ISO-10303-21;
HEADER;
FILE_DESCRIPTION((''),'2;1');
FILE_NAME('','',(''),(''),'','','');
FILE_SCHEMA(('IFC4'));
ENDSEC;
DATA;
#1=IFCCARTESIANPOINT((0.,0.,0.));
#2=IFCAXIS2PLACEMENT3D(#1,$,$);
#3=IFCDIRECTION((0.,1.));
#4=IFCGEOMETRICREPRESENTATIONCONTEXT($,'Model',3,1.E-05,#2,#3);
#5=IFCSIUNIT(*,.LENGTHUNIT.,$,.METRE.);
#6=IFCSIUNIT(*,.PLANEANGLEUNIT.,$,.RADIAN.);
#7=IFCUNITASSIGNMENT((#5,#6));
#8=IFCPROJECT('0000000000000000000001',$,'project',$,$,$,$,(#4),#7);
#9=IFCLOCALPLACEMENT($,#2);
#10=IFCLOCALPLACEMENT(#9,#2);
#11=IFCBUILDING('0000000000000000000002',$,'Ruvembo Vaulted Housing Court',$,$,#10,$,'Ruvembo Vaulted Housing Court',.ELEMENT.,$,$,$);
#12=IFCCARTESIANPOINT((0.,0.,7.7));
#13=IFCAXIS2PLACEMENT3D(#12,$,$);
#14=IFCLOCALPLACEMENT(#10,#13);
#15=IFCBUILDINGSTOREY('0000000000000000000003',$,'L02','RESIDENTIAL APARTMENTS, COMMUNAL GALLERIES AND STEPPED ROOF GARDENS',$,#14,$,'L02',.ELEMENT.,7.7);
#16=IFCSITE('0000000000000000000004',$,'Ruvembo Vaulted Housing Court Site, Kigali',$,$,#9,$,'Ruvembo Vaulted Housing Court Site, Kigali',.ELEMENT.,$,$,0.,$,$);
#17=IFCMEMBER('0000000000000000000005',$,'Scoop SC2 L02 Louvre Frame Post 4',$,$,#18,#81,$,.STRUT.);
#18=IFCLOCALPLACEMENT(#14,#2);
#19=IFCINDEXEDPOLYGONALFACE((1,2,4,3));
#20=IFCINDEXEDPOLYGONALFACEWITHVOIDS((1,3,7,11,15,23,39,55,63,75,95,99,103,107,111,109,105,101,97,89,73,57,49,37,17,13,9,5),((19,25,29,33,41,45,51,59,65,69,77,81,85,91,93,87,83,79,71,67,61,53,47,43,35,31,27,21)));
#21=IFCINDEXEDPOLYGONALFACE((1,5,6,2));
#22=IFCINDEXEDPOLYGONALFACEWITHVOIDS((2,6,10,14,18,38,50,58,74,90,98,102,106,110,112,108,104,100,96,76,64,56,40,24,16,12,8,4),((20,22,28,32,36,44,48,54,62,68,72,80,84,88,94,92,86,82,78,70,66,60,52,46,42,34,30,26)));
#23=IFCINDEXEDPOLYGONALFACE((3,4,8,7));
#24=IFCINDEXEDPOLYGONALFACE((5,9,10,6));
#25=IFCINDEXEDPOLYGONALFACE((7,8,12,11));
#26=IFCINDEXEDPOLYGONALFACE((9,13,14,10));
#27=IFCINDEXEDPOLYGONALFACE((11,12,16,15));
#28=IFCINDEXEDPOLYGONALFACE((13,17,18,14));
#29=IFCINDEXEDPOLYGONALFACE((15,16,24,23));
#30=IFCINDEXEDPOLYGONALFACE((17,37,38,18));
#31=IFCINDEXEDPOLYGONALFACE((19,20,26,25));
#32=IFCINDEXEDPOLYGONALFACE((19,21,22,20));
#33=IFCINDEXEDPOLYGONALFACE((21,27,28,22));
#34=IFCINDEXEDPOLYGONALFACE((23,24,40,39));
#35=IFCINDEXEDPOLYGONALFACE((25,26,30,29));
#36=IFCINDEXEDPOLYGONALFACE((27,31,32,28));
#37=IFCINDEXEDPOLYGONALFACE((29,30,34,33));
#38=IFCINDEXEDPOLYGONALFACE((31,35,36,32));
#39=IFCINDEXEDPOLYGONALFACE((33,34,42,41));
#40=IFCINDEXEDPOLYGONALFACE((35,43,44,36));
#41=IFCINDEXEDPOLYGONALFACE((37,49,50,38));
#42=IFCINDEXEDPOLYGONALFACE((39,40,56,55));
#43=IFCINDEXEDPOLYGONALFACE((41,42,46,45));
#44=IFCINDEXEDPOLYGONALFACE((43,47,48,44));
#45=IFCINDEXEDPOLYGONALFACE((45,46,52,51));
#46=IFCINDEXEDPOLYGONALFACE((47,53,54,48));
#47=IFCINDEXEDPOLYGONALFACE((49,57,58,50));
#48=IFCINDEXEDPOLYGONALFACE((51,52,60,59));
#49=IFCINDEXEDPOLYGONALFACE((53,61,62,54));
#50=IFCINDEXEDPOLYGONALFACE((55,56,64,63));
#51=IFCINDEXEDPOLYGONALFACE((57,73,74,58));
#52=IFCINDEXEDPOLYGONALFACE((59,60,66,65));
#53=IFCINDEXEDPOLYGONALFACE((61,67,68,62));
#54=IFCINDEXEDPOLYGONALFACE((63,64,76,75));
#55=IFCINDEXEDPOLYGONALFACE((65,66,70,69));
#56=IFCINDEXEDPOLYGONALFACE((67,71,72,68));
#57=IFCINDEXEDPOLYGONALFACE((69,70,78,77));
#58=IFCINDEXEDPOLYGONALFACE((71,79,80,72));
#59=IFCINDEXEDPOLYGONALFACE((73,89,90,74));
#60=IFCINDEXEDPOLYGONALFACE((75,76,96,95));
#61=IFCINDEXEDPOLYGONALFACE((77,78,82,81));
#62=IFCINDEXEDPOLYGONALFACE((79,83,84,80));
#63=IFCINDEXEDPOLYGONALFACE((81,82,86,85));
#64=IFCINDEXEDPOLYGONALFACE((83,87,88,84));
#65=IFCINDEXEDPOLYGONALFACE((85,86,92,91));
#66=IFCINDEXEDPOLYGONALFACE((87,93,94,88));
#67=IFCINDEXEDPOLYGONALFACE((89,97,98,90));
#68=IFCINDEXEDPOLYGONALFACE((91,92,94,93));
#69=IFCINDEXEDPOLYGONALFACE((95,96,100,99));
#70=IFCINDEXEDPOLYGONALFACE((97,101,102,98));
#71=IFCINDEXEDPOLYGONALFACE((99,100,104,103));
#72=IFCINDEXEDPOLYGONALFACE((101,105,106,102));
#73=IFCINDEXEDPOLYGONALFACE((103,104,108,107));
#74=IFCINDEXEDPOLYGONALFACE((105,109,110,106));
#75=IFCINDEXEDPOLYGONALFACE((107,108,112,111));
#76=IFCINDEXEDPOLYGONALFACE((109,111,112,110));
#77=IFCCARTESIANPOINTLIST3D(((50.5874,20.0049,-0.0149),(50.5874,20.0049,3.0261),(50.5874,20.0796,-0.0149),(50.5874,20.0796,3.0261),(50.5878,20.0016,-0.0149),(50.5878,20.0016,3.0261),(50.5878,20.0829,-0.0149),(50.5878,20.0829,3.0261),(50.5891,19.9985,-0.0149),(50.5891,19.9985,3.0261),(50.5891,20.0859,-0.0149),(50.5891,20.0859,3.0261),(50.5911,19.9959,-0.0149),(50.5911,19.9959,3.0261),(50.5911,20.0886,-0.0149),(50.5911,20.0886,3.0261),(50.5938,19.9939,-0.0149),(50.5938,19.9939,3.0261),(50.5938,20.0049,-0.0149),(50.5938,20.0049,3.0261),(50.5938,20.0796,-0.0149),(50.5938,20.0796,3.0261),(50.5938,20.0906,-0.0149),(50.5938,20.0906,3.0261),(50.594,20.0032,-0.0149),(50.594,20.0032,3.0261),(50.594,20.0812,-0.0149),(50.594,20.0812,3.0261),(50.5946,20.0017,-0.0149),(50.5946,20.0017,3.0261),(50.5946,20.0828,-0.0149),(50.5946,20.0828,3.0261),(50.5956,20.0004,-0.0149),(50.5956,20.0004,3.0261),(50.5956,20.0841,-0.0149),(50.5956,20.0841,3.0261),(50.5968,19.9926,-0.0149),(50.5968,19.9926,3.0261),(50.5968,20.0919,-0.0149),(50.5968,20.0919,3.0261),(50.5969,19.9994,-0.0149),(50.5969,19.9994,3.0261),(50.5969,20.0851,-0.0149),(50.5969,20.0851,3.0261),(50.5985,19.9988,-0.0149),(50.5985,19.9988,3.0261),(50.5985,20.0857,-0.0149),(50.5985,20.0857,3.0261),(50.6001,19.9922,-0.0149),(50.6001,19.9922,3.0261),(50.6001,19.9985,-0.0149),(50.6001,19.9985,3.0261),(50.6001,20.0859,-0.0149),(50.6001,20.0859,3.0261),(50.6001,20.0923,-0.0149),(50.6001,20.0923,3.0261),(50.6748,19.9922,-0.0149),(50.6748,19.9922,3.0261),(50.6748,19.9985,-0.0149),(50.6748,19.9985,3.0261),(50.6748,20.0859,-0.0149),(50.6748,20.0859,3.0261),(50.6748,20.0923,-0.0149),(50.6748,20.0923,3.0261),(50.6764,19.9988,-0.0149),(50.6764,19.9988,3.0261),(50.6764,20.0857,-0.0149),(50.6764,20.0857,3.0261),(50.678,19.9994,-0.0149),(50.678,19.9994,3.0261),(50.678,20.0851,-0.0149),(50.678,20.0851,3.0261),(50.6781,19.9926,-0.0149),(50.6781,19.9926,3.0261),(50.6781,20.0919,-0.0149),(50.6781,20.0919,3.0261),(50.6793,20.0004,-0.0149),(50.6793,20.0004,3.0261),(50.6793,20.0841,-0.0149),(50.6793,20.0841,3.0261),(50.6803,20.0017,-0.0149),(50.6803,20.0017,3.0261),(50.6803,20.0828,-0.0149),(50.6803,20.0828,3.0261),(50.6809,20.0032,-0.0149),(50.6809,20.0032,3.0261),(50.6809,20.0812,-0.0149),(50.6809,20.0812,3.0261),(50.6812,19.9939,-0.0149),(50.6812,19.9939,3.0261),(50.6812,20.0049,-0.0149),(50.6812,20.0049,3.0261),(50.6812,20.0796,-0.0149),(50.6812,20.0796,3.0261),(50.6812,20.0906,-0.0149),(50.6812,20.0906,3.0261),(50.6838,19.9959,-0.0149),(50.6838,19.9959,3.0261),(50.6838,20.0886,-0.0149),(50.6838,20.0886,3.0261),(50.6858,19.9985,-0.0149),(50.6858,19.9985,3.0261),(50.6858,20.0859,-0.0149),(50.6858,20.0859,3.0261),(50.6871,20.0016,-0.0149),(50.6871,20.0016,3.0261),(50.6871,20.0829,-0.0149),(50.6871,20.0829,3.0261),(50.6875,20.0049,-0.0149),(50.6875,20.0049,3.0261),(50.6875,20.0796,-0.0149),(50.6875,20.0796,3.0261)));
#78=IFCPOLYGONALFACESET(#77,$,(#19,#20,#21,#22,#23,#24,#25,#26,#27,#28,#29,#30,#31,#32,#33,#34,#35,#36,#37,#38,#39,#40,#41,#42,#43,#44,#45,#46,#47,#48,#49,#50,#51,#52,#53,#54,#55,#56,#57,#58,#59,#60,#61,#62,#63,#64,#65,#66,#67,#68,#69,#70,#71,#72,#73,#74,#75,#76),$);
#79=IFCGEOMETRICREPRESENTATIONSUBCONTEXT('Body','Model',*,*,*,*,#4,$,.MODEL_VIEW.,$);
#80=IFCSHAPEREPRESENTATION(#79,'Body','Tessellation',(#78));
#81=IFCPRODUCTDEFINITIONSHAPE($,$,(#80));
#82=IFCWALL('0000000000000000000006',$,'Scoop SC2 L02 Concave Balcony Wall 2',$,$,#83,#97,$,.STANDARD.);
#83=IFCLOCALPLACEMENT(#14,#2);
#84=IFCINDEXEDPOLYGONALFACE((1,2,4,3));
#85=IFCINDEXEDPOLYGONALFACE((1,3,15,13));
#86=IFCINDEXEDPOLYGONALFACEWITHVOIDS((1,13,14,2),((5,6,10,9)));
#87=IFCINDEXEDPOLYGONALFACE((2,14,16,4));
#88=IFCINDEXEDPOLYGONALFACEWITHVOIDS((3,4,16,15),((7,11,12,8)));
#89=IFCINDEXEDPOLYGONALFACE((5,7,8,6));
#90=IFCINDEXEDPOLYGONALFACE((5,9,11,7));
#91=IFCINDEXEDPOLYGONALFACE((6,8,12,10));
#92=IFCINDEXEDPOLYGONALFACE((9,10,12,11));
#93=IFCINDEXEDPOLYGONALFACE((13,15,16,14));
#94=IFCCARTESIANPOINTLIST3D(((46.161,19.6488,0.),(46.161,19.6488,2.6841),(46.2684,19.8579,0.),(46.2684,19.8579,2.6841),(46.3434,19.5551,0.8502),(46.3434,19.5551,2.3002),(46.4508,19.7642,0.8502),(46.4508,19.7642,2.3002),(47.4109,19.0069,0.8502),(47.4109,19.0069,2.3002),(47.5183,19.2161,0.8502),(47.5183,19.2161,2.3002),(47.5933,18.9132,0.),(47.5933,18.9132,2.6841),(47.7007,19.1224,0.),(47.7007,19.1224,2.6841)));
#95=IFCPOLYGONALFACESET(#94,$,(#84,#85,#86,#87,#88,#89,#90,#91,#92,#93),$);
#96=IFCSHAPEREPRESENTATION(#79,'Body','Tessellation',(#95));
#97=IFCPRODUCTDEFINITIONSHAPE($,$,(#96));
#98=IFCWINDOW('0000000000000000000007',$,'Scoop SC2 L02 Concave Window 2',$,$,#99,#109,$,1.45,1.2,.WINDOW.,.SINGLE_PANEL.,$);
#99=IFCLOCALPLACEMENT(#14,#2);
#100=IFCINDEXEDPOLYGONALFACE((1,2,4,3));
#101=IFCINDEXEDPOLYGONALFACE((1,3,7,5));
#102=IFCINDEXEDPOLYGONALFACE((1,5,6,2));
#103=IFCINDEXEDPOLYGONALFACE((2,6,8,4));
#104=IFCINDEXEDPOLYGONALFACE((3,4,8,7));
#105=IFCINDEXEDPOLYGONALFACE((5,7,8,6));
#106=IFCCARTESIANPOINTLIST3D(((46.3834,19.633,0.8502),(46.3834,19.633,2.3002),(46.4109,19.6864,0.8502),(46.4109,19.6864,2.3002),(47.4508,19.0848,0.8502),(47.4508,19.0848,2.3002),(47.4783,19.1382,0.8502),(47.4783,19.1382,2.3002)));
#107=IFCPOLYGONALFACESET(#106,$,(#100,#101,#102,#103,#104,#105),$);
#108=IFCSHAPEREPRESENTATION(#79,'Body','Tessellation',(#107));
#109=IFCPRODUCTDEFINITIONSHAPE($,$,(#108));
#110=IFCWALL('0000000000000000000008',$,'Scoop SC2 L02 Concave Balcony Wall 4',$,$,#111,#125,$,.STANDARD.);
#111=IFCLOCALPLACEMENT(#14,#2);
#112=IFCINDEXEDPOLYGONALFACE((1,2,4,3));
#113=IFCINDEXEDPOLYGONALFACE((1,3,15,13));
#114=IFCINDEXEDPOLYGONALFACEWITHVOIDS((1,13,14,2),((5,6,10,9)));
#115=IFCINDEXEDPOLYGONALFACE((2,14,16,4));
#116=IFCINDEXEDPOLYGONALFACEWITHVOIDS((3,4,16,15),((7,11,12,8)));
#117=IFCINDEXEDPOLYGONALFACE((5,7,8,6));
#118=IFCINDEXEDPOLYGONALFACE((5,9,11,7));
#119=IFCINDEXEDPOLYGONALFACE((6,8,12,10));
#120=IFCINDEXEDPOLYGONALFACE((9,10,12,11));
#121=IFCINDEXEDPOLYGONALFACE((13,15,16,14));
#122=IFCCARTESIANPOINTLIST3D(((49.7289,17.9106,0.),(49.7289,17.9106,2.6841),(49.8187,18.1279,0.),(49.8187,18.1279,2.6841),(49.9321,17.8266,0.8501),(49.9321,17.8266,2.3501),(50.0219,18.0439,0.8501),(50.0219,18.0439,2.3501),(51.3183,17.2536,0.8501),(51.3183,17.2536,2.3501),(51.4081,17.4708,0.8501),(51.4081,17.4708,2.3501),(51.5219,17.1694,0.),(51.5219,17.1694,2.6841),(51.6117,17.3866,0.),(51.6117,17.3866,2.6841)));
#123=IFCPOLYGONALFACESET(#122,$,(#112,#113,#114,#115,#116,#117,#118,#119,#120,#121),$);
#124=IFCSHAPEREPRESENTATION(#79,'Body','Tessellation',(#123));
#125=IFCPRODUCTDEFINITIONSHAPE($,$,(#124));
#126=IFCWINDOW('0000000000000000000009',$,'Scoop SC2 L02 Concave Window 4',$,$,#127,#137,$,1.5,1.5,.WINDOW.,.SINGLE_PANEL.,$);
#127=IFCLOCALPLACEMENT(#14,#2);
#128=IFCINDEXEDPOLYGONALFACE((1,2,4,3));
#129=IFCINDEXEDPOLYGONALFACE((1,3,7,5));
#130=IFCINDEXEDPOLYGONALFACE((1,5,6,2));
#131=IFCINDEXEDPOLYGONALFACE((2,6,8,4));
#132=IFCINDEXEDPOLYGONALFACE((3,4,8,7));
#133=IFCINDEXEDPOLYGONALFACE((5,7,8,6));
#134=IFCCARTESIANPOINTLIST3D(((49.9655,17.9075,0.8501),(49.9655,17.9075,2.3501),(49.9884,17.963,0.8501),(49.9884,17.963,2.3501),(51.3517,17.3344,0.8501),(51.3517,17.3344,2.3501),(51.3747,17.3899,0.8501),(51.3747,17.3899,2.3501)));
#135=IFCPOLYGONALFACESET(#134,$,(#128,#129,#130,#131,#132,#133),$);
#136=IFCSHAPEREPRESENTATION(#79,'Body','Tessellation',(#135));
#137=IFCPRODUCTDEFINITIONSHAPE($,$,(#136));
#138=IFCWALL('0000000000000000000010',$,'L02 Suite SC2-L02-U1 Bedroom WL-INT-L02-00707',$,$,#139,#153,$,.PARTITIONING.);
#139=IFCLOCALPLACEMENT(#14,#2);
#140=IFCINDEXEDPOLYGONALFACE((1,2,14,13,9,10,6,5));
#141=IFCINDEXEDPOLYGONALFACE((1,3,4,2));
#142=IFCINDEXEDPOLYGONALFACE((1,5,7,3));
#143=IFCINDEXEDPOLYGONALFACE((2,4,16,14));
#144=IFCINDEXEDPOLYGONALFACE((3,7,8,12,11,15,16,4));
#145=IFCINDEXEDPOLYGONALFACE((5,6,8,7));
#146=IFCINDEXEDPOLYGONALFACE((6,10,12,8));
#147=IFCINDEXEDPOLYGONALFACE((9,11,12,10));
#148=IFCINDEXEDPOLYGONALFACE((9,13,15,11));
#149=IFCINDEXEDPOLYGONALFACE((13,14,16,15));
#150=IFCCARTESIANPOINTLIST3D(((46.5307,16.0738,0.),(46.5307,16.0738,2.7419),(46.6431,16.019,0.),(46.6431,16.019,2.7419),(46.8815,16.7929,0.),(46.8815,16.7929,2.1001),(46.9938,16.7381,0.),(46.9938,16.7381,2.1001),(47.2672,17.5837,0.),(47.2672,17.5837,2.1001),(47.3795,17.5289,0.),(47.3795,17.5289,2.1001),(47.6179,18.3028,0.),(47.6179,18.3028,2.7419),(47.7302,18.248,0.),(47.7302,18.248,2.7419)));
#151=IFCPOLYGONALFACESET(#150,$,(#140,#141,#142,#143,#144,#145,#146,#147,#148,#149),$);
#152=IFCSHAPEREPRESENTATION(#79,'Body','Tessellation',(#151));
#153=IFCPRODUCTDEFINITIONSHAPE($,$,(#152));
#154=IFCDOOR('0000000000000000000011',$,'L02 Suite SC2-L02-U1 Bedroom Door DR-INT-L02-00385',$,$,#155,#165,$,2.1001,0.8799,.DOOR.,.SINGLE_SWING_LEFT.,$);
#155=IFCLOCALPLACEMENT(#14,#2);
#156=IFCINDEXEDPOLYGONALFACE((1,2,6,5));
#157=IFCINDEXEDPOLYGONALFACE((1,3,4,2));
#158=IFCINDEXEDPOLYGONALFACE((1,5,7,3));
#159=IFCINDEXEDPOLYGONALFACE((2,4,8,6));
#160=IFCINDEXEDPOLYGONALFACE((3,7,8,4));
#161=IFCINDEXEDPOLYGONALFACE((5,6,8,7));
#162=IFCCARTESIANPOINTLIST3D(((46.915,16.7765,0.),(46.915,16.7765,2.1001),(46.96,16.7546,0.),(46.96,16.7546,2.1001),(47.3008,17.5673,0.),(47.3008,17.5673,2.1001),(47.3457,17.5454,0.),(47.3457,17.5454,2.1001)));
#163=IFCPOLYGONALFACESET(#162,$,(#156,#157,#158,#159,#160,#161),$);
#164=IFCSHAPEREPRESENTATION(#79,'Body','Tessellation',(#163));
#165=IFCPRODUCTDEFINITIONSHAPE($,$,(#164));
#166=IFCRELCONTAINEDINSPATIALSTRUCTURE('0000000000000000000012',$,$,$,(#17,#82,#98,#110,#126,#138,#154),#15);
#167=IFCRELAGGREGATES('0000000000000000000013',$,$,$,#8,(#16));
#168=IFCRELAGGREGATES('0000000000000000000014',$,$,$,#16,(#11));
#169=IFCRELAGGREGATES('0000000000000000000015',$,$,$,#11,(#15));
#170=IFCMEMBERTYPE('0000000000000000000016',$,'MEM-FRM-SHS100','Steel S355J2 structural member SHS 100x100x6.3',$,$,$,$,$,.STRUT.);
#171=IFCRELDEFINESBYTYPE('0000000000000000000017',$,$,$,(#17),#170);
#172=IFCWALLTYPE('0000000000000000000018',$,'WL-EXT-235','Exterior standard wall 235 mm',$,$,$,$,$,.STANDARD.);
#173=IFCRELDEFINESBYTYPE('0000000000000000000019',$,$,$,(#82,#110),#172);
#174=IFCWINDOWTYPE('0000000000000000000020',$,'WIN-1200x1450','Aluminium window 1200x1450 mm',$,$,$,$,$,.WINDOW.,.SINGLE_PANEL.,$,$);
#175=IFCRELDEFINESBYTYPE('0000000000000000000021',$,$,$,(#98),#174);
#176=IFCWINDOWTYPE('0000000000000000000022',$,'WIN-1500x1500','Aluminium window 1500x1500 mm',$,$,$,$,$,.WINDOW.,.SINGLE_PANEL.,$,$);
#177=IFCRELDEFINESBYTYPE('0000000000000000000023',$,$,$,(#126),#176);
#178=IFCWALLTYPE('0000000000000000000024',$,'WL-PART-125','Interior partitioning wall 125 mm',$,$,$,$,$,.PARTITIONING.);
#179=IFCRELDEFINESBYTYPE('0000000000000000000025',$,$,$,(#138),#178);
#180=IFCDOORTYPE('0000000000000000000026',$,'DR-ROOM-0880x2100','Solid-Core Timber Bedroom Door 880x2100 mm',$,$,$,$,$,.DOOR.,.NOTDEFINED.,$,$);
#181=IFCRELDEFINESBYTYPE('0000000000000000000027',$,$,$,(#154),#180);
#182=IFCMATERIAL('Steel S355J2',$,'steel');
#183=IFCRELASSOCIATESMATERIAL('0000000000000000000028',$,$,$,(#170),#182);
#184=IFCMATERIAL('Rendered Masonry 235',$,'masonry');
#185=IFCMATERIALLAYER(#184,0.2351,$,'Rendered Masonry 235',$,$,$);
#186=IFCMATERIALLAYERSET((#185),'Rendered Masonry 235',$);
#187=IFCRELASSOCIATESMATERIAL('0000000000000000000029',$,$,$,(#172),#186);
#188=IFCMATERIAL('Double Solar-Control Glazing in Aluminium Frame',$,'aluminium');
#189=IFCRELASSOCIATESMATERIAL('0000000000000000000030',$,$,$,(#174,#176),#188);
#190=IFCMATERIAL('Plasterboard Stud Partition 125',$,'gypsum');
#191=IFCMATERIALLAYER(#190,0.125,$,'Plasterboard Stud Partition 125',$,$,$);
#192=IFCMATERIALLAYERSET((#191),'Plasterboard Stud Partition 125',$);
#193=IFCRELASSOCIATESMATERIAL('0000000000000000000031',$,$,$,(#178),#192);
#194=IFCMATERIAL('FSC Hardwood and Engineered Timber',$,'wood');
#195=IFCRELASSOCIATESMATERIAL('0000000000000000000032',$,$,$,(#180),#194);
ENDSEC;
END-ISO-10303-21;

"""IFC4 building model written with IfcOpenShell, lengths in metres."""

from ifc_helpers import new_model, si_unit, direction, frame, frame_2d, origin, origin_2d, place, context, subcontext, project, spatial, rectangle, hollow_rectangle, extrude, material, layer, layer_set, material_profile, profile_set, type_object, element, fill, save


model = new_model("IFC4")

# Units and contexts
model_context = context("Model", 3, precision=1e-05, world=origin(), true_north=direction((0.0, 1.0)))
body_context = subcontext(model_context, "Body", "Model", "MODEL_VIEW")
ifc_project = project(units=[si_unit("LENGTHUNIT", "METRE"), si_unit("PLANEANGLEUNIT", "RADIAN")], contexts=[model_context])

# Site, building, storey
site_placement = place(None, origin())
site = spatial("IfcSite", under=ifc_project, at=site_placement, Name="Ruvembo Vaulted Housing Court Site, Kigali", LongName="Ruvembo Vaulted Housing Court Site, Kigali", CompositionType="ELEMENT", RefElevation=0.0)
building_placement = place(site_placement, origin())
building = spatial("IfcBuilding", under=site, at=building_placement, Name="Ruvembo Vaulted Housing Court", LongName="Ruvembo Vaulted Housing Court", CompositionType="ELEMENT")
storey_placement = place(building_placement, frame((0.0, 0.0, 7.7)))
storey = spatial("IfcBuildingStorey", under=building, at=storey_placement, Name="L02", Description="RESIDENTIAL APARTMENTS, COMMUNAL GALLERIES AND STEPPED ROOF GARDENS", LongName="L02", CompositionType="ELEMENT", Elevation=7.7)

# Shared definitions
ifc_material_1 = material(Name="Steel S355J2", Category="steel")

# Member
ifc_material_profile_1 = material_profile(ifc_material_1, hollow_rectangle(XDim=0.1001, YDim=0.1001, WallThickness=0.0063, InnerFilletRadius=0.0063, OuterFilletRadius=0.0127, at=origin_2d()), Name="SHS 100x100x6.3")
ifc_profile_set_1 = profile_set([ifc_material_profile_1], Name="Steel S355J2")
member_type_1 = type_object("IfcMemberType", Name="MEM-FRM-SHS100", Description="Steel S355J2 structural member SHS 100x100x6.3", PredefinedType="STRUT", material=ifc_profile_set_1)
for number, where, z_axis, x_axis, name in (
    (1, (50.6375, 20.0422, -0.0149), (0.0, 0.0, 1.0), (1.0, 0.0, 0.0), "Scoop SC2 L02 Louvre Frame Post 4"),
):
    element("IfcMember", number, at=place(storey_placement, frame(where, z_axis=z_axis, x_axis=x_axis)), inside=storey, type_object=member_type_1, Name=name, PredefinedType="STRUT", context=body_context, shape_type="SweptSolid", body=[
        extrude(hollow_rectangle(XDim=0.1001, YDim=0.1001, WallThickness=0.0063, InnerFilletRadius=0.0063, OuterFilletRadius=0.0127, at=origin_2d()), origin(), (0.0, 0.0, 1.0), 3.041),
    ])

# Wall, opening, window
ifc_material_2 = material(Name="Rendered Masonry 235", Category="masonry")
ifc_layer_1 = layer(ifc_material_2, 0.2351, Name="Rendered Masonry 235")
ifc_layer_set_1 = layer_set([ifc_layer_1], Name="Rendered Masonry 235")
wall_type_1 = type_object("IfcWallType", Name="WL-EXT-235", Description="Exterior standard wall 235 mm", PredefinedType="STANDARD", material=ifc_layer_set_1)
wall_1_placement = place(storey_placement, frame((46.2146, 19.7534, 0.0), z_axis=(0.0, 0.0, 1.0), x_axis=(0.889554, -0.456831, 0.0)))
wall_1 = element("IfcWall", 2, at=wall_1_placement, inside=storey, type_object=wall_type_1, Name="Scoop SC2 L02 Concave Balcony Wall 2", PredefinedType="STANDARD", context=body_context, shape_type="SweptSolid", body=[
    extrude(rectangle(XDim=1.6101, YDim=0.2351, at=frame_2d((0.8052, 0.0))), origin(), (0.0, 0.0, 1.0), 2.6841),
])
opening_1_placement = place(wall_1_placement, frame((0.2051, 0.0, 0.8501)))
opening_1 = element("IfcOpeningElement", 3, at=opening_1_placement, cuts=wall_1, PredefinedType="OPENING", context=body_context, shape_type="SweptSolid", body=[
    extrude(rectangle(XDim=1.2, YDim=1.45, at=frame_2d((0.6001, 0.7251))), frame((0.0, 0.1274, 0.0), z_axis=(0.0, -1.0, 0.0), x_axis=(1.0, 0.0, 0.0)), (0.0, 0.0, 1.0), 0.2551),
])
ifc_material_3 = material(Name="Double Solar-Control Glazing in Aluminium Frame", Category="aluminium")
window_type_1 = type_object("IfcWindowType", Name="WIN-1200x1450", Description="Aluminium window 1200x1450 mm", PartitioningType="SINGLE_PANEL", PredefinedType="WINDOW", material=ifc_material_3)
window_1_placement = place(opening_1_placement, origin())
window_1 = element("IfcWindow", 4, at=window_1_placement, inside=storey, type_object=window_type_1, Name="Scoop SC2 L02 Concave Window 2", OverallHeight=1.45, OverallWidth=1.2, PartitioningType="SINGLE_PANEL", PredefinedType="WINDOW", context=body_context, shape_type="SweptSolid", body=[
    extrude(rectangle(XDim=1.2, YDim=1.45, at=frame_2d((0.6001, 0.7251))), frame((0.0, 0.03, 0.0), z_axis=(0.0, -1.0, 0.0), x_axis=(1.0, 0.0, 0.0)), (0.0, 0.0, 1.0), 0.0601),
])
fill(opening_1, window_1)

# Wall, opening, window
wall_2_placement = place(storey_placement, frame((49.7737, 18.0193, 0.0), z_axis=(0.0, 0.0, 1.0), x_axis=(0.924146, -0.382041, 0.0)))
wall_2 = element("IfcWall", 5, at=wall_2_placement, inside=storey, type_object=wall_type_1, Name="Scoop SC2 L02 Concave Balcony Wall 4", PredefinedType="STANDARD", context=body_context, shape_type="SweptSolid", body=[
    extrude(rectangle(XDim=1.9402, YDim=0.2351, at=frame_2d((0.9702, 0.0))), origin(), (0.0, 0.0, 1.0), 2.6841),
])
opening_2_placement = place(wall_2_placement, frame((0.22, 0.0, 0.8501)))
opening_2 = element("IfcOpeningElement", 6, at=opening_2_placement, cuts=wall_2, PredefinedType="OPENING", context=body_context, shape_type="SweptSolid", body=[
    extrude(rectangle(XDim=1.5, YDim=1.5, at=frame_2d((0.75, 0.75))), frame((0.0, 0.1274, 0.0), z_axis=(0.0, -1.0, 0.0), x_axis=(1.0, 0.0, 0.0)), (0.0, 0.0, 1.0), 0.2551),
])
window_type_2 = type_object("IfcWindowType", Name="WIN-1500x1500", Description="Aluminium window 1500x1500 mm", PartitioningType="SINGLE_PANEL", PredefinedType="WINDOW", material=ifc_material_3)
window_2_placement = place(opening_2_placement, origin())
window_2 = element("IfcWindow", 7, at=window_2_placement, inside=storey, type_object=window_type_2, Name="Scoop SC2 L02 Concave Window 4", OverallHeight=1.5, OverallWidth=1.5, PartitioningType="SINGLE_PANEL", PredefinedType="WINDOW", context=body_context, shape_type="SweptSolid", body=[
    extrude(rectangle(XDim=1.5, YDim=1.5, at=frame_2d((0.75, 0.75))), frame((0.0, 0.03, 0.0), z_axis=(0.0, -1.0, 0.0), x_axis=(1.0, 0.0, 0.0)), (0.0, 0.0, 1.0), 0.0601),
])
fill(opening_2, window_2)

# Wall, opening, door
ifc_material_4 = material(Name="Plasterboard Stud Partition 125", Category="gypsum")
ifc_layer_2 = layer(ifc_material_4, 0.125, Name="Plasterboard Stud Partition 125")
ifc_layer_set_2 = layer_set([ifc_layer_2], Name="Plasterboard Stud Partition 125")
wall_type_2 = type_object("IfcWallType", Name="WL-PART-125", Description="Interior partitioning wall 125 mm", PredefinedType="PARTITIONING", material=ifc_layer_set_2)
wall_3_placement = place(storey_placement, frame((47.6741, 18.2754, 0.0), z_axis=(0.0, 0.0, 1.0), x_axis=(-0.438371, -0.898794, 0.0)))
wall_3 = element("IfcWall", 8, at=wall_3_placement, inside=storey, type_object=wall_type_2, Name="L02 Suite SC2-L02-U1 Bedroom WL-INT-L02-00707", PredefinedType="PARTITIONING", context=body_context, shape_type="SweptSolid", body=[
    extrude(rectangle(XDim=2.48, YDim=0.125, at=frame_2d((1.24, 0.0))), origin(), (0.0, 0.0, 1.0), 2.7419),
])
opening_3_placement = place(wall_3_placement, frame((0.8, 0.0, 0.0)))
opening_3 = element("IfcOpeningElement", 9, at=opening_3_placement, cuts=wall_3, PredefinedType="OPENING", context=body_context, shape_type="SweptSolid", body=[
    extrude(rectangle(XDim=0.8799, YDim=2.1001, at=frame_2d((0.4399, 1.05))), frame((0.0, 0.0725, 0.0), z_axis=(0.0, -1.0, 0.0), x_axis=(1.0, 0.0, 0.0)), (0.0, 0.0, 1.0), 0.145),
])
ifc_material_5 = material(Name="FSC Hardwood and Engineered Timber", Category="wood")
door_type_1 = type_object("IfcDoorType", Name="DR-ROOM-0880x2100", Description="Solid-Core Timber Bedroom Door 880x2100 mm", OperationType="NOTDEFINED", PredefinedType="DOOR", material=ifc_material_5)
door_1_placement = place(opening_3_placement, origin())
door_1 = element("IfcDoor", 10, at=door_1_placement, inside=storey, type_object=door_type_1, Name="L02 Suite SC2-L02-U1 Bedroom Door DR-INT-L02-00385", OperationType="SINGLE_SWING_LEFT", OverallHeight=2.1001, OverallWidth=0.8799, PredefinedType="DOOR", context=body_context, shape_type="SweptSolid", body=[
    extrude(rectangle(XDim=0.8799, YDim=2.1001, at=frame_2d((0.4399, 1.05))), frame((0.0, 0.0249, 0.0), z_axis=(0.0, -1.0, 0.0), x_axis=(1.0, 0.0, 0.0)), (0.0, 0.0, 1.0), 0.05),
])
fill(opening_3, door_1)

save(model, "model.ifc")
